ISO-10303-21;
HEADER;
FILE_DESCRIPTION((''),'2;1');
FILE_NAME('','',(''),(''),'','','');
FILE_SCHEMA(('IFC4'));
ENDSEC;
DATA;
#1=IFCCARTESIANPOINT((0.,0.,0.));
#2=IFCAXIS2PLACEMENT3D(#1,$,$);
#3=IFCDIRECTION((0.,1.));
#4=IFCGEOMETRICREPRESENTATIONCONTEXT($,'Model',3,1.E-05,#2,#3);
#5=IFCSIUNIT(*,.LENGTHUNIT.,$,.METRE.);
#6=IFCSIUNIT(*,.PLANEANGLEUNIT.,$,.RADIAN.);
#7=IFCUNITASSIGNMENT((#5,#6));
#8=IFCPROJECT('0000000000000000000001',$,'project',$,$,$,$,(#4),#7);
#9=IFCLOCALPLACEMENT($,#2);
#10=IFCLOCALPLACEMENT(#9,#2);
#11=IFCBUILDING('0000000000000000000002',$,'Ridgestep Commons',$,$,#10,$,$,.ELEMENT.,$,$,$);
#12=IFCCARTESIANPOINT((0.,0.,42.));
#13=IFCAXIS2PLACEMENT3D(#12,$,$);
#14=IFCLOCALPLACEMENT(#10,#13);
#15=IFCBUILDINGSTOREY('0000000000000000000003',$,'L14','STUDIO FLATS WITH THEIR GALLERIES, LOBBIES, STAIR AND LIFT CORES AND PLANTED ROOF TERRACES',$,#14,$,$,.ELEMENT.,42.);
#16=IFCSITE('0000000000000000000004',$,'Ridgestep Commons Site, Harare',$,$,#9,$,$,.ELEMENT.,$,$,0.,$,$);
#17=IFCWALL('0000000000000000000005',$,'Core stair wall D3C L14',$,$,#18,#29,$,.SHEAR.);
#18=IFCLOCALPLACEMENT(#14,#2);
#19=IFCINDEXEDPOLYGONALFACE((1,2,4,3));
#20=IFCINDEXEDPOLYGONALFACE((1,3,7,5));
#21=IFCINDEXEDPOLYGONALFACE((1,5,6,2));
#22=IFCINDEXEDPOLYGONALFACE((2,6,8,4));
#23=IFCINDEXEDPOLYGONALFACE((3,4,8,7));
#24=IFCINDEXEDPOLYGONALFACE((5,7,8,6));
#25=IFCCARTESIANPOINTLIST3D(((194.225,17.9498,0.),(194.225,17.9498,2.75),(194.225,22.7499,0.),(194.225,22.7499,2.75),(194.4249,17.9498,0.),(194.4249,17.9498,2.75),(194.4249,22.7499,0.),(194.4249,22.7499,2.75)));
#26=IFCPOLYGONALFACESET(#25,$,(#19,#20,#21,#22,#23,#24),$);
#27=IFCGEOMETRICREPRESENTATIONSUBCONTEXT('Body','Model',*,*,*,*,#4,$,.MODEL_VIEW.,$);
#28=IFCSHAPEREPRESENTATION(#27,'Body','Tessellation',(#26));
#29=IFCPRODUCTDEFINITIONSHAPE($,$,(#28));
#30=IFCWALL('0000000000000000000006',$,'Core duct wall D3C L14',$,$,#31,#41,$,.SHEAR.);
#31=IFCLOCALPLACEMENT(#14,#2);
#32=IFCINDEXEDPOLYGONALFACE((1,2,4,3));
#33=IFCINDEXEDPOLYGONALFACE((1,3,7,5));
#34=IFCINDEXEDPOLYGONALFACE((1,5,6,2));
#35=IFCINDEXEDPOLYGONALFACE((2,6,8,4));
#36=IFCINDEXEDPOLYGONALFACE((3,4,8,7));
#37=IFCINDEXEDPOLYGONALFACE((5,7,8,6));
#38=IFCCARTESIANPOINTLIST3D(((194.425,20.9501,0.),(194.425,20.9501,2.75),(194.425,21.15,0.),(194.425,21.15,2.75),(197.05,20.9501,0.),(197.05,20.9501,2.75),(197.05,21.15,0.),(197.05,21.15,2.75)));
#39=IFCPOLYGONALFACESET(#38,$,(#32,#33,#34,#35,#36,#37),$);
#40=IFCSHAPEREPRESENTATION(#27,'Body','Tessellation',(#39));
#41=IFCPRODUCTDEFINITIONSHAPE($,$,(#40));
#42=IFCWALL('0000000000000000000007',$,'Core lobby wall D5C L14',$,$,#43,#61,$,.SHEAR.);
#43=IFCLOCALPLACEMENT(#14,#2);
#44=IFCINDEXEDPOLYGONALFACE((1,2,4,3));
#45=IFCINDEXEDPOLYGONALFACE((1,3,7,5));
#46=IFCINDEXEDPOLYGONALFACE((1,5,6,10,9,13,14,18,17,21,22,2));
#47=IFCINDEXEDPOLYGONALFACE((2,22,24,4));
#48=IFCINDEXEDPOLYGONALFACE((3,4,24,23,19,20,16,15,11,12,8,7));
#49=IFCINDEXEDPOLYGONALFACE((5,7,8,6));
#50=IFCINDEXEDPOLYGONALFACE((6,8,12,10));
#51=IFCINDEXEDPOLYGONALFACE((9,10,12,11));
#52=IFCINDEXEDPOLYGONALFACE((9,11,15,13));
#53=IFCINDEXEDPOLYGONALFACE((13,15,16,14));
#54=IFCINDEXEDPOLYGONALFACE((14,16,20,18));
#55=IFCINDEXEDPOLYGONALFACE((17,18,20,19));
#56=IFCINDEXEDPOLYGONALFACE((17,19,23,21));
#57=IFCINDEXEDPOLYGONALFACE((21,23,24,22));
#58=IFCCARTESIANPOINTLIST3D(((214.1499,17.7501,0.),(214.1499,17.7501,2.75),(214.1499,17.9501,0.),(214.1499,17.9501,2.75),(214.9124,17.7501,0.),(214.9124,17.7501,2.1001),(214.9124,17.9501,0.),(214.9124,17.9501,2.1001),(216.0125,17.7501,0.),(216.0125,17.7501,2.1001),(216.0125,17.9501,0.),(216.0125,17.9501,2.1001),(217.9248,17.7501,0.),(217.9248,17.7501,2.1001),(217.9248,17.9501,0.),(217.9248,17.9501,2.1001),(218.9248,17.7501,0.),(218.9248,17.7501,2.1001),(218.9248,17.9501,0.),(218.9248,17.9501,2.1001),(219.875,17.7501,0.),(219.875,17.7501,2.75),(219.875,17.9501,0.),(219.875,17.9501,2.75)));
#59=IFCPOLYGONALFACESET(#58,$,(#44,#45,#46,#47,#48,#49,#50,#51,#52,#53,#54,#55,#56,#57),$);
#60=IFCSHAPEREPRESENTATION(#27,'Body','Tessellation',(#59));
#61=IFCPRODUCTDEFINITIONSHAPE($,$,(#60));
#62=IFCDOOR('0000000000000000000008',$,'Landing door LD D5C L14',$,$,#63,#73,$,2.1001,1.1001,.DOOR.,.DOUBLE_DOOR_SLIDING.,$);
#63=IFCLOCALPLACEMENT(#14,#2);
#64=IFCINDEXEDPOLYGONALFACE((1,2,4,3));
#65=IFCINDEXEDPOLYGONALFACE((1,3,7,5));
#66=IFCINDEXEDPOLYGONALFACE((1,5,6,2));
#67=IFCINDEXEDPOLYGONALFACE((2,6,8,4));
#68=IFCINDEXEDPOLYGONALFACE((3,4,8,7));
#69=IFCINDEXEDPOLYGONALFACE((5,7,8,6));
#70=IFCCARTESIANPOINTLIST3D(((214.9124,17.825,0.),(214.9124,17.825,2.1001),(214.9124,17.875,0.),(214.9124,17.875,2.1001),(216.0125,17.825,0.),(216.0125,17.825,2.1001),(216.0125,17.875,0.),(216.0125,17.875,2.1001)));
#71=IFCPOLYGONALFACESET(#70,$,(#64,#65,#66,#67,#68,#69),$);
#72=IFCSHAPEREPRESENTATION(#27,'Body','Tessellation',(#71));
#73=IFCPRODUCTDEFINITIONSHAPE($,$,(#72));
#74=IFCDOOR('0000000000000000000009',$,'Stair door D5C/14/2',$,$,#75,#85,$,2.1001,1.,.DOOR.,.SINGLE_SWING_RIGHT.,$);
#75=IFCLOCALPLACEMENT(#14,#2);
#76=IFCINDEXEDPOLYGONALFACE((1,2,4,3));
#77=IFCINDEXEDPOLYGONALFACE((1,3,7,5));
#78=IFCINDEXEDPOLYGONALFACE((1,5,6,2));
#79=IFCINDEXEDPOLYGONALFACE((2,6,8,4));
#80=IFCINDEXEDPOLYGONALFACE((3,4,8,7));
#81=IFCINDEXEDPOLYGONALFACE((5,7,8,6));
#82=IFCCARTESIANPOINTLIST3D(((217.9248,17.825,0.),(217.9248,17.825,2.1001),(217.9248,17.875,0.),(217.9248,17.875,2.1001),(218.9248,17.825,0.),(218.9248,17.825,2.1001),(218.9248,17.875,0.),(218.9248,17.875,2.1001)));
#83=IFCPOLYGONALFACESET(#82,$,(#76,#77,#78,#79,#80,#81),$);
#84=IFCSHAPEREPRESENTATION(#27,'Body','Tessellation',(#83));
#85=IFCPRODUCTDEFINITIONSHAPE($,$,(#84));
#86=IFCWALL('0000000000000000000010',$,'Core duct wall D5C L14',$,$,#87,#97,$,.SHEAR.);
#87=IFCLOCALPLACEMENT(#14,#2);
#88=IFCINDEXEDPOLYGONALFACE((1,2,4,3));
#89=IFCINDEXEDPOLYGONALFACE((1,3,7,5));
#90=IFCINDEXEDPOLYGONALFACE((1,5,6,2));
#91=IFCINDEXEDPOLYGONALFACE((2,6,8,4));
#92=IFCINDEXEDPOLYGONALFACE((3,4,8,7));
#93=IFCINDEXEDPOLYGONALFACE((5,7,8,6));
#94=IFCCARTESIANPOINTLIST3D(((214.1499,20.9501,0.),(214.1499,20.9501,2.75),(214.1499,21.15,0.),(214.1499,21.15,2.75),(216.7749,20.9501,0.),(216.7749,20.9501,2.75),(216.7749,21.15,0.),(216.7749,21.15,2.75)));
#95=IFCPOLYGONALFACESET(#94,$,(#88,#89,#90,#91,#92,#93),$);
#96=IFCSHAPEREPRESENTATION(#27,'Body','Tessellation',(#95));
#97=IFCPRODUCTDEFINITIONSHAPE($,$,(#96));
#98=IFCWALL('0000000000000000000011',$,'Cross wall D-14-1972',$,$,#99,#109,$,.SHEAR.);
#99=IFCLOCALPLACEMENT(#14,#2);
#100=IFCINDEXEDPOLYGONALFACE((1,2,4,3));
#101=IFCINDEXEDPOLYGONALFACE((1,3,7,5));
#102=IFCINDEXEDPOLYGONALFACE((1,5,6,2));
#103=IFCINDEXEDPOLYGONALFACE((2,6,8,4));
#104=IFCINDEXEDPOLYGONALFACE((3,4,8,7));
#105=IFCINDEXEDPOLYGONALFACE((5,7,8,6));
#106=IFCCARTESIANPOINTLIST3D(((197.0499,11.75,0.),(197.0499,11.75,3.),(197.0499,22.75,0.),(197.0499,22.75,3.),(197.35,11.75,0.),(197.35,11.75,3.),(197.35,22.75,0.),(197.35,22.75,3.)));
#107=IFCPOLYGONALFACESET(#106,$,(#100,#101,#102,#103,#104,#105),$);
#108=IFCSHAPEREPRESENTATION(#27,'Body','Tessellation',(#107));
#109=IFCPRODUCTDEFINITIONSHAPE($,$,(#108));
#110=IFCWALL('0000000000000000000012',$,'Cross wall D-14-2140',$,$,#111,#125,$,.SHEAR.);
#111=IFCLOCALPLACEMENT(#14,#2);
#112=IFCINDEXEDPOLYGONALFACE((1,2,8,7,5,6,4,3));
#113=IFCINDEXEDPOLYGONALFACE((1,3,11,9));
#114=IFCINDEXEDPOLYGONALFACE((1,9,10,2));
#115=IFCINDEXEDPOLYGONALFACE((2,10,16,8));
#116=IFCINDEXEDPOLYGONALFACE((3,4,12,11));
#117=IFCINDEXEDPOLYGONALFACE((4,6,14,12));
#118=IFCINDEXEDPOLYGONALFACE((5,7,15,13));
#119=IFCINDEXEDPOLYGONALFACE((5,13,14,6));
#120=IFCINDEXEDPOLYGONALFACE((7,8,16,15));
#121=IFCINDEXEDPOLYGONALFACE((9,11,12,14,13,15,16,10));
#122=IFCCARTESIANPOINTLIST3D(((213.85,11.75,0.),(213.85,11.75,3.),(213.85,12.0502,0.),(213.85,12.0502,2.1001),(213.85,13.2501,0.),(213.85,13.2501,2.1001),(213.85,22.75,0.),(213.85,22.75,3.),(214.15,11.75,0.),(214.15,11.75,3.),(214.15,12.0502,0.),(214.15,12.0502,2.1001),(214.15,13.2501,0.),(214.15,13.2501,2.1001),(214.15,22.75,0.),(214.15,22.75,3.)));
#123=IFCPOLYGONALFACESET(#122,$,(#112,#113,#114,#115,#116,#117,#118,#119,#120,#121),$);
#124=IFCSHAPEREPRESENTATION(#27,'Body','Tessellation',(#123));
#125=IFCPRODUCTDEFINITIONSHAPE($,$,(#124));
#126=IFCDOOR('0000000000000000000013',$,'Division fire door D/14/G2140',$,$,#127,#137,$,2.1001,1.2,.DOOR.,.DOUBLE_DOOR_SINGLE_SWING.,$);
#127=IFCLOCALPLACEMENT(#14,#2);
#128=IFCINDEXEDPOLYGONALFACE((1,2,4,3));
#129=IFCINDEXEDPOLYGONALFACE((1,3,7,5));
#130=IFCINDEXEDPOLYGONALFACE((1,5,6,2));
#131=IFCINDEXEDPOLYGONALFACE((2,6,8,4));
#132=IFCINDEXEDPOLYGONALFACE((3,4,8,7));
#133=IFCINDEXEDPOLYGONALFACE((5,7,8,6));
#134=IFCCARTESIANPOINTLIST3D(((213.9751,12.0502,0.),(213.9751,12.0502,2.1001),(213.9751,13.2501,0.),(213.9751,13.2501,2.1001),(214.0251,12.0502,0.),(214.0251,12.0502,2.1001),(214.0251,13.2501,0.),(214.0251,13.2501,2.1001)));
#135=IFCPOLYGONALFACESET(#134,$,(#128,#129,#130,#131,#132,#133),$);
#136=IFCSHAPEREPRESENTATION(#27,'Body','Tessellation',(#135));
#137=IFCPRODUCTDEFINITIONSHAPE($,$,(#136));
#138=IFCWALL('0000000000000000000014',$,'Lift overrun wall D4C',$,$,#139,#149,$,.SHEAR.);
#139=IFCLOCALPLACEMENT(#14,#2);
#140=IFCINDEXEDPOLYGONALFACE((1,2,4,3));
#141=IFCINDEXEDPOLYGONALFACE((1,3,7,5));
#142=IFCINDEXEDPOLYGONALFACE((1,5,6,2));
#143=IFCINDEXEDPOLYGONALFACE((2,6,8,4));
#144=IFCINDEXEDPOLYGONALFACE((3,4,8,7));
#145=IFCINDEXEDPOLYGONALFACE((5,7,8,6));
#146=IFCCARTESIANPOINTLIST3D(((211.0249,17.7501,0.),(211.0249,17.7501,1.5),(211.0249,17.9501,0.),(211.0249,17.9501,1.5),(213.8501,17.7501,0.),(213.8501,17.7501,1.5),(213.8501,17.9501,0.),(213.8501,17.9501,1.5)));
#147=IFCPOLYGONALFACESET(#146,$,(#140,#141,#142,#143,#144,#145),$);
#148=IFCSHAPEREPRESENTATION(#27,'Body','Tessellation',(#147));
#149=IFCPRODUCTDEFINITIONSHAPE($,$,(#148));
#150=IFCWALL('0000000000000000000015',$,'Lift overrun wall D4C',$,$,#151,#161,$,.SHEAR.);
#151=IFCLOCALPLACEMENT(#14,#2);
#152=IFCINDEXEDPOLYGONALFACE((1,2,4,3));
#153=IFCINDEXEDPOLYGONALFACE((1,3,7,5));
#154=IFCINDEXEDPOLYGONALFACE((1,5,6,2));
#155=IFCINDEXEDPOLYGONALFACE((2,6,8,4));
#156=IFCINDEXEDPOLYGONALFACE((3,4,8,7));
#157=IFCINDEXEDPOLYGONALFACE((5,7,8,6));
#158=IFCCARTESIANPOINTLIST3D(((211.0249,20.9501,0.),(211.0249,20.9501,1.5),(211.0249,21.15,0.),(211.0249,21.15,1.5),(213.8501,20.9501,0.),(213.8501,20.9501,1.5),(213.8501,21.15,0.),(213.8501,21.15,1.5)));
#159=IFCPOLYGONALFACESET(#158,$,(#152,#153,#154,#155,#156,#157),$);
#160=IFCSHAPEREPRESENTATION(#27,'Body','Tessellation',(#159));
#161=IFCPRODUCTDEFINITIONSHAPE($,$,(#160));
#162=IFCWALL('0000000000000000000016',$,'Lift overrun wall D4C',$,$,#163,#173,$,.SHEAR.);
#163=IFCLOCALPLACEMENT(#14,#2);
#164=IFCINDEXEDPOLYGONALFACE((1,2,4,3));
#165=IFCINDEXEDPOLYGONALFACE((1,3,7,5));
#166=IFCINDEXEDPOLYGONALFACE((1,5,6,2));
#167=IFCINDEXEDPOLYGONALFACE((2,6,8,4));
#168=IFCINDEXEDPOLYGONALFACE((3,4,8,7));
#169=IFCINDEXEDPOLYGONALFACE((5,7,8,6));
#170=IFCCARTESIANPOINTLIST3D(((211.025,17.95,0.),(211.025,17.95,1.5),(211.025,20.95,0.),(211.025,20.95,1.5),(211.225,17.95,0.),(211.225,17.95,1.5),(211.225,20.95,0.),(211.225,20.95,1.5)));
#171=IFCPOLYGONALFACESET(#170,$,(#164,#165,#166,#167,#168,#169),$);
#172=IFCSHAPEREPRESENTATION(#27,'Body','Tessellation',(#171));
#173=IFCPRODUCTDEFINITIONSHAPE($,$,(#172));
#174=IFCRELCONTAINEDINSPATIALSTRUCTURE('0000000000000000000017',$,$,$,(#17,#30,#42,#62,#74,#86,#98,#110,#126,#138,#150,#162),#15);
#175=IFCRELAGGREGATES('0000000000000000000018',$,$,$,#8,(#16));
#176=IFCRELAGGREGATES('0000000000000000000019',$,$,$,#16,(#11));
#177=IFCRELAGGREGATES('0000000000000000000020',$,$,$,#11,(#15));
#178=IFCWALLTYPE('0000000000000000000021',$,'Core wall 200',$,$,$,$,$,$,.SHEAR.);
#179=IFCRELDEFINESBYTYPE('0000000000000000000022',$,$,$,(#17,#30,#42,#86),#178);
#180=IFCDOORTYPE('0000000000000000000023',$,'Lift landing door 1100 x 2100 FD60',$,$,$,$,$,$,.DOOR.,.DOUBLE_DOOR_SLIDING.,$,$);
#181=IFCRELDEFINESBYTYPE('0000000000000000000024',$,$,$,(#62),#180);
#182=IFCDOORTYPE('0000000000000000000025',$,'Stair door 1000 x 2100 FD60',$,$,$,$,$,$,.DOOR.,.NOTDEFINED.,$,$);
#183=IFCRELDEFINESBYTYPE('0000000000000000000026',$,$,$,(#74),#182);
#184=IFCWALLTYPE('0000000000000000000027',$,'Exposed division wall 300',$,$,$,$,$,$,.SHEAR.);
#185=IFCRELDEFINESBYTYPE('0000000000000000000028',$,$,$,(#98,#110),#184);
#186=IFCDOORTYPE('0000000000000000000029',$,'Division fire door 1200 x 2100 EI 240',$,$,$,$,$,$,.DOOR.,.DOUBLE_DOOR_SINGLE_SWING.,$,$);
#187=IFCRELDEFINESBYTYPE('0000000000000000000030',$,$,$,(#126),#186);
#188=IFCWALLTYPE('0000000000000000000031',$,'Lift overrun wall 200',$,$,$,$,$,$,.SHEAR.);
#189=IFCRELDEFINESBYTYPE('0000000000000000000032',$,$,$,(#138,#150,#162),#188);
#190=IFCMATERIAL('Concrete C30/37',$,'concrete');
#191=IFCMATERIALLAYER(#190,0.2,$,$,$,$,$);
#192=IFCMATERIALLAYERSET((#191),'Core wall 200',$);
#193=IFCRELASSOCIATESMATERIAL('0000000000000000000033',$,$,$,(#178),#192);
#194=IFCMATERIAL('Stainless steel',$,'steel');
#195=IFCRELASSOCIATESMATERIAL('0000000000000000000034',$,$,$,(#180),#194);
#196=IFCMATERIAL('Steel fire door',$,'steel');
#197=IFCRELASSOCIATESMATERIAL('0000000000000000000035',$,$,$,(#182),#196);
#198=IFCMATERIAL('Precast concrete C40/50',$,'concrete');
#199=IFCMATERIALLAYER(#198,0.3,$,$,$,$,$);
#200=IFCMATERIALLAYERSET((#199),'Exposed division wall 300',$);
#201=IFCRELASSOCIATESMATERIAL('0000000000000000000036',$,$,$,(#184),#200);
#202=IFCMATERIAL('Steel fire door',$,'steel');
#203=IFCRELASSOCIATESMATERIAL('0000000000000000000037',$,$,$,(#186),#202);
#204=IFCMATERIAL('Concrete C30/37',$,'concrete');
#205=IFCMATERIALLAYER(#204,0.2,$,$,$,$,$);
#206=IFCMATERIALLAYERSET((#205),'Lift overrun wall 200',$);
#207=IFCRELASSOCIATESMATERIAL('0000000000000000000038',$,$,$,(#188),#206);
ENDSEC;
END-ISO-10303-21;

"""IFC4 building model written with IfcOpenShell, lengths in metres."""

from ifc_helpers import new_model, si_unit, direction, frame, frame_2d, origin, place, context, subcontext, project, spatial, rectangle, extrude, material, layer, layer_set, type_object, element, fill, save


model = new_model("IFC4")

# Units and contexts
model_context = context("Model", 3, precision=1e-05, world=origin(), true_north=direction((0.0, 1.0)))
body_context = subcontext(model_context, "Body", "Model", "MODEL_VIEW")
ifc_project = project(units=[si_unit("LENGTHUNIT", "METRE"), si_unit("PLANEANGLEUNIT", "RADIAN")], contexts=[model_context])

# Site, building, storey
site_placement = place(None, origin())
site = spatial("IfcSite", under=ifc_project, at=site_placement, Name="Ridgestep Commons Site, Harare", CompositionType="ELEMENT", RefElevation=0.0)
building_placement = place(site_placement, origin())
building = spatial("IfcBuilding", under=site, at=building_placement, Name="Ridgestep Commons", CompositionType="ELEMENT")
storey_placement = place(building_placement, frame((0.0, 0.0, 42.0)))
storey = spatial("IfcBuildingStorey", under=building, at=storey_placement, Name="L14", Description="STUDIO FLATS WITH THEIR GALLERIES, LOBBIES, STAIR AND LIFT CORES AND PLANTED ROOF TERRACES", CompositionType="ELEMENT", Elevation=42.0)

# Walls
ifc_material_1 = material(Name="Concrete C30/37", Category="concrete")
ifc_layer_1 = layer(ifc_material_1, 0.2)
ifc_layer_set_1 = layer_set([ifc_layer_1], Name="Core wall 200")
wall_type_1 = type_object("IfcWallType", Name="Core wall 200", PredefinedType="SHEAR", material=ifc_layer_set_1)
wall_1_placement = place(storey_placement, frame((194.325, 17.95, 0.0), z_axis=(0.0, 0.0, 1.0), x_axis=(0.0, 1.0, 0.0)))
element("IfcWall", 1, at=wall_1_placement, inside=storey, type_object=wall_type_1, Name="Core stair wall D3C L14", PredefinedType="SHEAR", context=body_context, shape_type="SweptSolid", body=[
    extrude(rectangle(XDim=4.8, YDim=0.2, at=frame_2d((2.3999, 0.0))), origin(), (0.0, 0.0, 1.0), 2.75),
])
wall_2_placement = place(storey_placement, frame((194.425, 21.05, 0.0), z_axis=(0.0, 0.0, 1.0), x_axis=(1.0, 0.0, 0.0)))
element("IfcWall", 2, at=wall_2_placement, inside=storey, type_object=wall_type_1, Name="Core duct wall D3C L14", PredefinedType="SHEAR", context=body_context, shape_type="SweptSolid", body=[
    extrude(rectangle(XDim=2.625, YDim=0.2, at=frame_2d((1.3125, 0.0))), origin(), (0.0, 0.0, 1.0), 2.75),
])

# Wall, openings, doors
wall_3_placement = place(storey_placement, frame((214.1499, 17.8501, 0.0), z_axis=(0.0, 0.0, 1.0), x_axis=(1.0, 0.0, 0.0)))
wall_3 = element("IfcWall", 3, at=wall_3_placement, inside=storey, type_object=wall_type_1, Name="Core lobby wall D5C L14", PredefinedType="SHEAR", context=body_context, shape_type="SweptSolid", body=[
    extrude(rectangle(XDim=5.7251, YDim=0.2, at=frame_2d((2.8625, 0.0))), origin(), (0.0, 0.0, 1.0), 2.75),
])
opening_1_placement = place(wall_3_placement, frame((3.7749, 0.0, 0.0)))
opening_1 = element("IfcOpeningElement", 4, at=opening_1_placement, cuts=wall_3, PredefinedType="OPENING", context=body_context, shape_type="SweptSolid", body=[
    extrude(rectangle(XDim=1.0, YDim=2.1001, at=frame_2d((0.5, 1.05))), frame((0.0, 0.1099, 0.0), z_axis=(0.0, -1.0, 0.0), x_axis=(1.0, 0.0, 0.0)), (0.0, 0.0, 1.0), 0.22),
])
opening_2_placement = place(wall_3_placement, frame((0.7625, 0.0, 0.0)))
opening_2 = element("IfcOpeningElement", 5, at=opening_2_placement, cuts=wall_3, PredefinedType="OPENING", context=body_context, shape_type="SweptSolid", body=[
    extrude(rectangle(XDim=1.1001, YDim=2.1001, at=frame_2d((0.55, 1.05))), frame((0.0, 0.1099, 0.0), z_axis=(0.0, -1.0, 0.0), x_axis=(1.0, 0.0, 0.0)), (0.0, 0.0, 1.0), 0.22),
])
ifc_material_2 = material(Name="Stainless steel", Category="steel")
door_type_1 = type_object("IfcDoorType", Name="Lift landing door 1100 x 2100 FD60", OperationType="DOUBLE_DOOR_SLIDING", PredefinedType="DOOR", material=ifc_material_2)
door_1_placement = place(opening_2_placement, origin())
door_1 = element("IfcDoor", 6, at=door_1_placement, inside=storey, type_object=door_type_1, Name="Landing door LD D5C L14", OperationType="DOUBLE_DOOR_SLIDING", OverallHeight=2.1001, OverallWidth=1.1001, PredefinedType="DOOR", context=body_context, shape_type="SweptSolid", body=[
    extrude(rectangle(XDim=1.1001, YDim=2.1001, at=frame_2d((0.55, 1.05))), frame((0.0, 0.0249, 0.0), z_axis=(0.0, -1.0, 0.0), x_axis=(1.0, 0.0, 0.0)), (0.0, 0.0, 1.0), 0.05),
])
fill(opening_2, door_1)
ifc_material_3 = material(Name="Steel fire door", Category="steel")
door_type_2 = type_object("IfcDoorType", Name="Stair door 1000 x 2100 FD60", OperationType="NOTDEFINED", PredefinedType="DOOR", material=ifc_material_3)
door_2_placement = place(opening_1_placement, origin())
door_2 = element("IfcDoor", 7, at=door_2_placement, inside=storey, type_object=door_type_2, Name="Stair door D5C/14/2", OperationType="SINGLE_SWING_RIGHT", OverallHeight=2.1001, OverallWidth=1.0, PredefinedType="DOOR", context=body_context, shape_type="SweptSolid", body=[
    extrude(rectangle(XDim=1.0, YDim=2.1001, at=frame_2d((0.5, 1.05))), frame((0.0, 0.0249, 0.0), z_axis=(0.0, -1.0, 0.0), x_axis=(1.0, 0.0, 0.0)), (0.0, 0.0, 1.0), 0.05),
])
fill(opening_1, door_2)

# Walls
wall_4_placement = place(storey_placement, frame((214.1499, 21.05, 0.0), z_axis=(0.0, 0.0, 1.0), x_axis=(1.0, 0.0, 0.0)))
element("IfcWall", 8, at=wall_4_placement, inside=storey, type_object=wall_type_1, Name="Core duct wall D5C L14", PredefinedType="SHEAR", context=body_context, shape_type="SweptSolid", body=[
    extrude(rectangle(XDim=2.625, YDim=0.2, at=frame_2d((1.3125, 0.0))), origin(), (0.0, 0.0, 1.0), 2.75),
])
ifc_material_4 = material(Name="Precast concrete C40/50", Category="concrete")
ifc_layer_2 = layer(ifc_material_4, 0.3)
ifc_layer_set_2 = layer_set([ifc_layer_2], Name="Exposed division wall 300")
wall_type_2 = type_object("IfcWallType", Name="Exposed division wall 300", PredefinedType="SHEAR", material=ifc_layer_set_2)
wall_5_placement = place(storey_placement, frame((197.2, 11.75, 0.0), z_axis=(0.0, 0.0, 1.0), x_axis=(0.0, 1.0, 0.0)))
element("IfcWall", 9, at=wall_5_placement, inside=storey, type_object=wall_type_2, Name="Cross wall D-14-1972", PredefinedType="SHEAR", context=body_context, shape_type="SweptSolid", body=[
    extrude(rectangle(XDim=11.0, YDim=0.3, at=frame_2d((5.5, 0.0))), origin(), (0.0, 0.0, 1.0), 3.0),
])

# Wall, opening, door
wall_6_placement = place(storey_placement, frame((214.0, 11.75, 0.0), z_axis=(0.0, 0.0, 1.0), x_axis=(0.0, 1.0, 0.0)))
wall_6 = element("IfcWall", 10, at=wall_6_placement, inside=storey, type_object=wall_type_2, Name="Cross wall D-14-2140", PredefinedType="SHEAR", context=body_context, shape_type="SweptSolid", body=[
    extrude(rectangle(XDim=11.0, YDim=0.3, at=frame_2d((5.5, 0.0))), origin(), (0.0, 0.0, 1.0), 3.0),
])
opening_3_placement = place(wall_6_placement, frame((0.3, 0.0, 0.0)))
opening_3 = element("IfcOpeningElement", 11, at=opening_3_placement, cuts=wall_6, PredefinedType="OPENING", context=body_context, shape_type="SweptSolid", body=[
    extrude(rectangle(XDim=1.2, YDim=2.1001, at=frame_2d((0.6001, 1.05))), frame((0.0, 0.1599, 0.0), z_axis=(0.0, -1.0, 0.0), x_axis=(1.0, 0.0, 0.0)), (0.0, 0.0, 1.0), 0.3201),
])
ifc_material_5 = material(Name="Steel fire door", Category="steel")
door_type_3 = type_object("IfcDoorType", Name="Division fire door 1200 x 2100 EI 240", OperationType="DOUBLE_DOOR_SINGLE_SWING", PredefinedType="DOOR", material=ifc_material_5)
door_3_placement = place(opening_3_placement, origin())
door_3 = element("IfcDoor", 12, at=door_3_placement, inside=storey, type_object=door_type_3, Name="Division fire door D/14/G2140", OperationType="DOUBLE_DOOR_SINGLE_SWING", OverallHeight=2.1001, OverallWidth=1.2, PredefinedType="DOOR", context=body_context, shape_type="SweptSolid", body=[
    extrude(rectangle(XDim=1.2, YDim=2.1001, at=frame_2d((0.6001, 1.05))), frame((0.0, 0.0249, 0.0), z_axis=(0.0, -1.0, 0.0), x_axis=(1.0, 0.0, 0.0)), (0.0, 0.0, 1.0), 0.05),
])
fill(opening_3, door_3)

# Walls
ifc_material_6 = material(Name="Concrete C30/37", Category="concrete")
ifc_layer_3 = layer(ifc_material_6, 0.2)
ifc_layer_set_3 = layer_set([ifc_layer_3], Name="Lift overrun wall 200")
wall_type_3 = type_object("IfcWallType", Name="Lift overrun wall 200", PredefinedType="SHEAR", material=ifc_layer_set_3)
for number, where, z_axis, x_axis, name in (
    (13, (211.0249, 17.8501, 0.0), (0.0, 0.0, 1.0), (1.0, 0.0, 0.0), "Lift overrun wall D4C"),
    (14, (211.0249, 21.05, 0.0), (0.0, 0.0, 1.0), (1.0, 0.0, 0.0), "Lift overrun wall D4C"),
):
    element("IfcWall", number, at=place(storey_placement, frame(where, z_axis=z_axis, x_axis=x_axis)), inside=storey, type_object=wall_type_3, Name=name, PredefinedType="SHEAR", context=body_context, shape_type="SweptSolid", body=[
        extrude(rectangle(XDim=2.8252, YDim=0.2, at=frame_2d((1.4126, 0.0))), origin(), (0.0, 0.0, 1.0), 1.5),
    ])
wall_7_placement = place(storey_placement, frame((211.125, 17.95, 0.0), z_axis=(0.0, 0.0, 1.0), x_axis=(0.0, 1.0, 0.0)))
element("IfcWall", 15, at=wall_7_placement, inside=storey, type_object=wall_type_3, Name="Lift overrun wall D4C", PredefinedType="SHEAR", context=body_context, shape_type="SweptSolid", body=[
    extrude(rectangle(XDim=3.0, YDim=0.2, at=frame_2d((1.5, 0.0))), origin(), (0.0, 0.0, 1.0), 1.5),
])

save(model, "model.ifc")
